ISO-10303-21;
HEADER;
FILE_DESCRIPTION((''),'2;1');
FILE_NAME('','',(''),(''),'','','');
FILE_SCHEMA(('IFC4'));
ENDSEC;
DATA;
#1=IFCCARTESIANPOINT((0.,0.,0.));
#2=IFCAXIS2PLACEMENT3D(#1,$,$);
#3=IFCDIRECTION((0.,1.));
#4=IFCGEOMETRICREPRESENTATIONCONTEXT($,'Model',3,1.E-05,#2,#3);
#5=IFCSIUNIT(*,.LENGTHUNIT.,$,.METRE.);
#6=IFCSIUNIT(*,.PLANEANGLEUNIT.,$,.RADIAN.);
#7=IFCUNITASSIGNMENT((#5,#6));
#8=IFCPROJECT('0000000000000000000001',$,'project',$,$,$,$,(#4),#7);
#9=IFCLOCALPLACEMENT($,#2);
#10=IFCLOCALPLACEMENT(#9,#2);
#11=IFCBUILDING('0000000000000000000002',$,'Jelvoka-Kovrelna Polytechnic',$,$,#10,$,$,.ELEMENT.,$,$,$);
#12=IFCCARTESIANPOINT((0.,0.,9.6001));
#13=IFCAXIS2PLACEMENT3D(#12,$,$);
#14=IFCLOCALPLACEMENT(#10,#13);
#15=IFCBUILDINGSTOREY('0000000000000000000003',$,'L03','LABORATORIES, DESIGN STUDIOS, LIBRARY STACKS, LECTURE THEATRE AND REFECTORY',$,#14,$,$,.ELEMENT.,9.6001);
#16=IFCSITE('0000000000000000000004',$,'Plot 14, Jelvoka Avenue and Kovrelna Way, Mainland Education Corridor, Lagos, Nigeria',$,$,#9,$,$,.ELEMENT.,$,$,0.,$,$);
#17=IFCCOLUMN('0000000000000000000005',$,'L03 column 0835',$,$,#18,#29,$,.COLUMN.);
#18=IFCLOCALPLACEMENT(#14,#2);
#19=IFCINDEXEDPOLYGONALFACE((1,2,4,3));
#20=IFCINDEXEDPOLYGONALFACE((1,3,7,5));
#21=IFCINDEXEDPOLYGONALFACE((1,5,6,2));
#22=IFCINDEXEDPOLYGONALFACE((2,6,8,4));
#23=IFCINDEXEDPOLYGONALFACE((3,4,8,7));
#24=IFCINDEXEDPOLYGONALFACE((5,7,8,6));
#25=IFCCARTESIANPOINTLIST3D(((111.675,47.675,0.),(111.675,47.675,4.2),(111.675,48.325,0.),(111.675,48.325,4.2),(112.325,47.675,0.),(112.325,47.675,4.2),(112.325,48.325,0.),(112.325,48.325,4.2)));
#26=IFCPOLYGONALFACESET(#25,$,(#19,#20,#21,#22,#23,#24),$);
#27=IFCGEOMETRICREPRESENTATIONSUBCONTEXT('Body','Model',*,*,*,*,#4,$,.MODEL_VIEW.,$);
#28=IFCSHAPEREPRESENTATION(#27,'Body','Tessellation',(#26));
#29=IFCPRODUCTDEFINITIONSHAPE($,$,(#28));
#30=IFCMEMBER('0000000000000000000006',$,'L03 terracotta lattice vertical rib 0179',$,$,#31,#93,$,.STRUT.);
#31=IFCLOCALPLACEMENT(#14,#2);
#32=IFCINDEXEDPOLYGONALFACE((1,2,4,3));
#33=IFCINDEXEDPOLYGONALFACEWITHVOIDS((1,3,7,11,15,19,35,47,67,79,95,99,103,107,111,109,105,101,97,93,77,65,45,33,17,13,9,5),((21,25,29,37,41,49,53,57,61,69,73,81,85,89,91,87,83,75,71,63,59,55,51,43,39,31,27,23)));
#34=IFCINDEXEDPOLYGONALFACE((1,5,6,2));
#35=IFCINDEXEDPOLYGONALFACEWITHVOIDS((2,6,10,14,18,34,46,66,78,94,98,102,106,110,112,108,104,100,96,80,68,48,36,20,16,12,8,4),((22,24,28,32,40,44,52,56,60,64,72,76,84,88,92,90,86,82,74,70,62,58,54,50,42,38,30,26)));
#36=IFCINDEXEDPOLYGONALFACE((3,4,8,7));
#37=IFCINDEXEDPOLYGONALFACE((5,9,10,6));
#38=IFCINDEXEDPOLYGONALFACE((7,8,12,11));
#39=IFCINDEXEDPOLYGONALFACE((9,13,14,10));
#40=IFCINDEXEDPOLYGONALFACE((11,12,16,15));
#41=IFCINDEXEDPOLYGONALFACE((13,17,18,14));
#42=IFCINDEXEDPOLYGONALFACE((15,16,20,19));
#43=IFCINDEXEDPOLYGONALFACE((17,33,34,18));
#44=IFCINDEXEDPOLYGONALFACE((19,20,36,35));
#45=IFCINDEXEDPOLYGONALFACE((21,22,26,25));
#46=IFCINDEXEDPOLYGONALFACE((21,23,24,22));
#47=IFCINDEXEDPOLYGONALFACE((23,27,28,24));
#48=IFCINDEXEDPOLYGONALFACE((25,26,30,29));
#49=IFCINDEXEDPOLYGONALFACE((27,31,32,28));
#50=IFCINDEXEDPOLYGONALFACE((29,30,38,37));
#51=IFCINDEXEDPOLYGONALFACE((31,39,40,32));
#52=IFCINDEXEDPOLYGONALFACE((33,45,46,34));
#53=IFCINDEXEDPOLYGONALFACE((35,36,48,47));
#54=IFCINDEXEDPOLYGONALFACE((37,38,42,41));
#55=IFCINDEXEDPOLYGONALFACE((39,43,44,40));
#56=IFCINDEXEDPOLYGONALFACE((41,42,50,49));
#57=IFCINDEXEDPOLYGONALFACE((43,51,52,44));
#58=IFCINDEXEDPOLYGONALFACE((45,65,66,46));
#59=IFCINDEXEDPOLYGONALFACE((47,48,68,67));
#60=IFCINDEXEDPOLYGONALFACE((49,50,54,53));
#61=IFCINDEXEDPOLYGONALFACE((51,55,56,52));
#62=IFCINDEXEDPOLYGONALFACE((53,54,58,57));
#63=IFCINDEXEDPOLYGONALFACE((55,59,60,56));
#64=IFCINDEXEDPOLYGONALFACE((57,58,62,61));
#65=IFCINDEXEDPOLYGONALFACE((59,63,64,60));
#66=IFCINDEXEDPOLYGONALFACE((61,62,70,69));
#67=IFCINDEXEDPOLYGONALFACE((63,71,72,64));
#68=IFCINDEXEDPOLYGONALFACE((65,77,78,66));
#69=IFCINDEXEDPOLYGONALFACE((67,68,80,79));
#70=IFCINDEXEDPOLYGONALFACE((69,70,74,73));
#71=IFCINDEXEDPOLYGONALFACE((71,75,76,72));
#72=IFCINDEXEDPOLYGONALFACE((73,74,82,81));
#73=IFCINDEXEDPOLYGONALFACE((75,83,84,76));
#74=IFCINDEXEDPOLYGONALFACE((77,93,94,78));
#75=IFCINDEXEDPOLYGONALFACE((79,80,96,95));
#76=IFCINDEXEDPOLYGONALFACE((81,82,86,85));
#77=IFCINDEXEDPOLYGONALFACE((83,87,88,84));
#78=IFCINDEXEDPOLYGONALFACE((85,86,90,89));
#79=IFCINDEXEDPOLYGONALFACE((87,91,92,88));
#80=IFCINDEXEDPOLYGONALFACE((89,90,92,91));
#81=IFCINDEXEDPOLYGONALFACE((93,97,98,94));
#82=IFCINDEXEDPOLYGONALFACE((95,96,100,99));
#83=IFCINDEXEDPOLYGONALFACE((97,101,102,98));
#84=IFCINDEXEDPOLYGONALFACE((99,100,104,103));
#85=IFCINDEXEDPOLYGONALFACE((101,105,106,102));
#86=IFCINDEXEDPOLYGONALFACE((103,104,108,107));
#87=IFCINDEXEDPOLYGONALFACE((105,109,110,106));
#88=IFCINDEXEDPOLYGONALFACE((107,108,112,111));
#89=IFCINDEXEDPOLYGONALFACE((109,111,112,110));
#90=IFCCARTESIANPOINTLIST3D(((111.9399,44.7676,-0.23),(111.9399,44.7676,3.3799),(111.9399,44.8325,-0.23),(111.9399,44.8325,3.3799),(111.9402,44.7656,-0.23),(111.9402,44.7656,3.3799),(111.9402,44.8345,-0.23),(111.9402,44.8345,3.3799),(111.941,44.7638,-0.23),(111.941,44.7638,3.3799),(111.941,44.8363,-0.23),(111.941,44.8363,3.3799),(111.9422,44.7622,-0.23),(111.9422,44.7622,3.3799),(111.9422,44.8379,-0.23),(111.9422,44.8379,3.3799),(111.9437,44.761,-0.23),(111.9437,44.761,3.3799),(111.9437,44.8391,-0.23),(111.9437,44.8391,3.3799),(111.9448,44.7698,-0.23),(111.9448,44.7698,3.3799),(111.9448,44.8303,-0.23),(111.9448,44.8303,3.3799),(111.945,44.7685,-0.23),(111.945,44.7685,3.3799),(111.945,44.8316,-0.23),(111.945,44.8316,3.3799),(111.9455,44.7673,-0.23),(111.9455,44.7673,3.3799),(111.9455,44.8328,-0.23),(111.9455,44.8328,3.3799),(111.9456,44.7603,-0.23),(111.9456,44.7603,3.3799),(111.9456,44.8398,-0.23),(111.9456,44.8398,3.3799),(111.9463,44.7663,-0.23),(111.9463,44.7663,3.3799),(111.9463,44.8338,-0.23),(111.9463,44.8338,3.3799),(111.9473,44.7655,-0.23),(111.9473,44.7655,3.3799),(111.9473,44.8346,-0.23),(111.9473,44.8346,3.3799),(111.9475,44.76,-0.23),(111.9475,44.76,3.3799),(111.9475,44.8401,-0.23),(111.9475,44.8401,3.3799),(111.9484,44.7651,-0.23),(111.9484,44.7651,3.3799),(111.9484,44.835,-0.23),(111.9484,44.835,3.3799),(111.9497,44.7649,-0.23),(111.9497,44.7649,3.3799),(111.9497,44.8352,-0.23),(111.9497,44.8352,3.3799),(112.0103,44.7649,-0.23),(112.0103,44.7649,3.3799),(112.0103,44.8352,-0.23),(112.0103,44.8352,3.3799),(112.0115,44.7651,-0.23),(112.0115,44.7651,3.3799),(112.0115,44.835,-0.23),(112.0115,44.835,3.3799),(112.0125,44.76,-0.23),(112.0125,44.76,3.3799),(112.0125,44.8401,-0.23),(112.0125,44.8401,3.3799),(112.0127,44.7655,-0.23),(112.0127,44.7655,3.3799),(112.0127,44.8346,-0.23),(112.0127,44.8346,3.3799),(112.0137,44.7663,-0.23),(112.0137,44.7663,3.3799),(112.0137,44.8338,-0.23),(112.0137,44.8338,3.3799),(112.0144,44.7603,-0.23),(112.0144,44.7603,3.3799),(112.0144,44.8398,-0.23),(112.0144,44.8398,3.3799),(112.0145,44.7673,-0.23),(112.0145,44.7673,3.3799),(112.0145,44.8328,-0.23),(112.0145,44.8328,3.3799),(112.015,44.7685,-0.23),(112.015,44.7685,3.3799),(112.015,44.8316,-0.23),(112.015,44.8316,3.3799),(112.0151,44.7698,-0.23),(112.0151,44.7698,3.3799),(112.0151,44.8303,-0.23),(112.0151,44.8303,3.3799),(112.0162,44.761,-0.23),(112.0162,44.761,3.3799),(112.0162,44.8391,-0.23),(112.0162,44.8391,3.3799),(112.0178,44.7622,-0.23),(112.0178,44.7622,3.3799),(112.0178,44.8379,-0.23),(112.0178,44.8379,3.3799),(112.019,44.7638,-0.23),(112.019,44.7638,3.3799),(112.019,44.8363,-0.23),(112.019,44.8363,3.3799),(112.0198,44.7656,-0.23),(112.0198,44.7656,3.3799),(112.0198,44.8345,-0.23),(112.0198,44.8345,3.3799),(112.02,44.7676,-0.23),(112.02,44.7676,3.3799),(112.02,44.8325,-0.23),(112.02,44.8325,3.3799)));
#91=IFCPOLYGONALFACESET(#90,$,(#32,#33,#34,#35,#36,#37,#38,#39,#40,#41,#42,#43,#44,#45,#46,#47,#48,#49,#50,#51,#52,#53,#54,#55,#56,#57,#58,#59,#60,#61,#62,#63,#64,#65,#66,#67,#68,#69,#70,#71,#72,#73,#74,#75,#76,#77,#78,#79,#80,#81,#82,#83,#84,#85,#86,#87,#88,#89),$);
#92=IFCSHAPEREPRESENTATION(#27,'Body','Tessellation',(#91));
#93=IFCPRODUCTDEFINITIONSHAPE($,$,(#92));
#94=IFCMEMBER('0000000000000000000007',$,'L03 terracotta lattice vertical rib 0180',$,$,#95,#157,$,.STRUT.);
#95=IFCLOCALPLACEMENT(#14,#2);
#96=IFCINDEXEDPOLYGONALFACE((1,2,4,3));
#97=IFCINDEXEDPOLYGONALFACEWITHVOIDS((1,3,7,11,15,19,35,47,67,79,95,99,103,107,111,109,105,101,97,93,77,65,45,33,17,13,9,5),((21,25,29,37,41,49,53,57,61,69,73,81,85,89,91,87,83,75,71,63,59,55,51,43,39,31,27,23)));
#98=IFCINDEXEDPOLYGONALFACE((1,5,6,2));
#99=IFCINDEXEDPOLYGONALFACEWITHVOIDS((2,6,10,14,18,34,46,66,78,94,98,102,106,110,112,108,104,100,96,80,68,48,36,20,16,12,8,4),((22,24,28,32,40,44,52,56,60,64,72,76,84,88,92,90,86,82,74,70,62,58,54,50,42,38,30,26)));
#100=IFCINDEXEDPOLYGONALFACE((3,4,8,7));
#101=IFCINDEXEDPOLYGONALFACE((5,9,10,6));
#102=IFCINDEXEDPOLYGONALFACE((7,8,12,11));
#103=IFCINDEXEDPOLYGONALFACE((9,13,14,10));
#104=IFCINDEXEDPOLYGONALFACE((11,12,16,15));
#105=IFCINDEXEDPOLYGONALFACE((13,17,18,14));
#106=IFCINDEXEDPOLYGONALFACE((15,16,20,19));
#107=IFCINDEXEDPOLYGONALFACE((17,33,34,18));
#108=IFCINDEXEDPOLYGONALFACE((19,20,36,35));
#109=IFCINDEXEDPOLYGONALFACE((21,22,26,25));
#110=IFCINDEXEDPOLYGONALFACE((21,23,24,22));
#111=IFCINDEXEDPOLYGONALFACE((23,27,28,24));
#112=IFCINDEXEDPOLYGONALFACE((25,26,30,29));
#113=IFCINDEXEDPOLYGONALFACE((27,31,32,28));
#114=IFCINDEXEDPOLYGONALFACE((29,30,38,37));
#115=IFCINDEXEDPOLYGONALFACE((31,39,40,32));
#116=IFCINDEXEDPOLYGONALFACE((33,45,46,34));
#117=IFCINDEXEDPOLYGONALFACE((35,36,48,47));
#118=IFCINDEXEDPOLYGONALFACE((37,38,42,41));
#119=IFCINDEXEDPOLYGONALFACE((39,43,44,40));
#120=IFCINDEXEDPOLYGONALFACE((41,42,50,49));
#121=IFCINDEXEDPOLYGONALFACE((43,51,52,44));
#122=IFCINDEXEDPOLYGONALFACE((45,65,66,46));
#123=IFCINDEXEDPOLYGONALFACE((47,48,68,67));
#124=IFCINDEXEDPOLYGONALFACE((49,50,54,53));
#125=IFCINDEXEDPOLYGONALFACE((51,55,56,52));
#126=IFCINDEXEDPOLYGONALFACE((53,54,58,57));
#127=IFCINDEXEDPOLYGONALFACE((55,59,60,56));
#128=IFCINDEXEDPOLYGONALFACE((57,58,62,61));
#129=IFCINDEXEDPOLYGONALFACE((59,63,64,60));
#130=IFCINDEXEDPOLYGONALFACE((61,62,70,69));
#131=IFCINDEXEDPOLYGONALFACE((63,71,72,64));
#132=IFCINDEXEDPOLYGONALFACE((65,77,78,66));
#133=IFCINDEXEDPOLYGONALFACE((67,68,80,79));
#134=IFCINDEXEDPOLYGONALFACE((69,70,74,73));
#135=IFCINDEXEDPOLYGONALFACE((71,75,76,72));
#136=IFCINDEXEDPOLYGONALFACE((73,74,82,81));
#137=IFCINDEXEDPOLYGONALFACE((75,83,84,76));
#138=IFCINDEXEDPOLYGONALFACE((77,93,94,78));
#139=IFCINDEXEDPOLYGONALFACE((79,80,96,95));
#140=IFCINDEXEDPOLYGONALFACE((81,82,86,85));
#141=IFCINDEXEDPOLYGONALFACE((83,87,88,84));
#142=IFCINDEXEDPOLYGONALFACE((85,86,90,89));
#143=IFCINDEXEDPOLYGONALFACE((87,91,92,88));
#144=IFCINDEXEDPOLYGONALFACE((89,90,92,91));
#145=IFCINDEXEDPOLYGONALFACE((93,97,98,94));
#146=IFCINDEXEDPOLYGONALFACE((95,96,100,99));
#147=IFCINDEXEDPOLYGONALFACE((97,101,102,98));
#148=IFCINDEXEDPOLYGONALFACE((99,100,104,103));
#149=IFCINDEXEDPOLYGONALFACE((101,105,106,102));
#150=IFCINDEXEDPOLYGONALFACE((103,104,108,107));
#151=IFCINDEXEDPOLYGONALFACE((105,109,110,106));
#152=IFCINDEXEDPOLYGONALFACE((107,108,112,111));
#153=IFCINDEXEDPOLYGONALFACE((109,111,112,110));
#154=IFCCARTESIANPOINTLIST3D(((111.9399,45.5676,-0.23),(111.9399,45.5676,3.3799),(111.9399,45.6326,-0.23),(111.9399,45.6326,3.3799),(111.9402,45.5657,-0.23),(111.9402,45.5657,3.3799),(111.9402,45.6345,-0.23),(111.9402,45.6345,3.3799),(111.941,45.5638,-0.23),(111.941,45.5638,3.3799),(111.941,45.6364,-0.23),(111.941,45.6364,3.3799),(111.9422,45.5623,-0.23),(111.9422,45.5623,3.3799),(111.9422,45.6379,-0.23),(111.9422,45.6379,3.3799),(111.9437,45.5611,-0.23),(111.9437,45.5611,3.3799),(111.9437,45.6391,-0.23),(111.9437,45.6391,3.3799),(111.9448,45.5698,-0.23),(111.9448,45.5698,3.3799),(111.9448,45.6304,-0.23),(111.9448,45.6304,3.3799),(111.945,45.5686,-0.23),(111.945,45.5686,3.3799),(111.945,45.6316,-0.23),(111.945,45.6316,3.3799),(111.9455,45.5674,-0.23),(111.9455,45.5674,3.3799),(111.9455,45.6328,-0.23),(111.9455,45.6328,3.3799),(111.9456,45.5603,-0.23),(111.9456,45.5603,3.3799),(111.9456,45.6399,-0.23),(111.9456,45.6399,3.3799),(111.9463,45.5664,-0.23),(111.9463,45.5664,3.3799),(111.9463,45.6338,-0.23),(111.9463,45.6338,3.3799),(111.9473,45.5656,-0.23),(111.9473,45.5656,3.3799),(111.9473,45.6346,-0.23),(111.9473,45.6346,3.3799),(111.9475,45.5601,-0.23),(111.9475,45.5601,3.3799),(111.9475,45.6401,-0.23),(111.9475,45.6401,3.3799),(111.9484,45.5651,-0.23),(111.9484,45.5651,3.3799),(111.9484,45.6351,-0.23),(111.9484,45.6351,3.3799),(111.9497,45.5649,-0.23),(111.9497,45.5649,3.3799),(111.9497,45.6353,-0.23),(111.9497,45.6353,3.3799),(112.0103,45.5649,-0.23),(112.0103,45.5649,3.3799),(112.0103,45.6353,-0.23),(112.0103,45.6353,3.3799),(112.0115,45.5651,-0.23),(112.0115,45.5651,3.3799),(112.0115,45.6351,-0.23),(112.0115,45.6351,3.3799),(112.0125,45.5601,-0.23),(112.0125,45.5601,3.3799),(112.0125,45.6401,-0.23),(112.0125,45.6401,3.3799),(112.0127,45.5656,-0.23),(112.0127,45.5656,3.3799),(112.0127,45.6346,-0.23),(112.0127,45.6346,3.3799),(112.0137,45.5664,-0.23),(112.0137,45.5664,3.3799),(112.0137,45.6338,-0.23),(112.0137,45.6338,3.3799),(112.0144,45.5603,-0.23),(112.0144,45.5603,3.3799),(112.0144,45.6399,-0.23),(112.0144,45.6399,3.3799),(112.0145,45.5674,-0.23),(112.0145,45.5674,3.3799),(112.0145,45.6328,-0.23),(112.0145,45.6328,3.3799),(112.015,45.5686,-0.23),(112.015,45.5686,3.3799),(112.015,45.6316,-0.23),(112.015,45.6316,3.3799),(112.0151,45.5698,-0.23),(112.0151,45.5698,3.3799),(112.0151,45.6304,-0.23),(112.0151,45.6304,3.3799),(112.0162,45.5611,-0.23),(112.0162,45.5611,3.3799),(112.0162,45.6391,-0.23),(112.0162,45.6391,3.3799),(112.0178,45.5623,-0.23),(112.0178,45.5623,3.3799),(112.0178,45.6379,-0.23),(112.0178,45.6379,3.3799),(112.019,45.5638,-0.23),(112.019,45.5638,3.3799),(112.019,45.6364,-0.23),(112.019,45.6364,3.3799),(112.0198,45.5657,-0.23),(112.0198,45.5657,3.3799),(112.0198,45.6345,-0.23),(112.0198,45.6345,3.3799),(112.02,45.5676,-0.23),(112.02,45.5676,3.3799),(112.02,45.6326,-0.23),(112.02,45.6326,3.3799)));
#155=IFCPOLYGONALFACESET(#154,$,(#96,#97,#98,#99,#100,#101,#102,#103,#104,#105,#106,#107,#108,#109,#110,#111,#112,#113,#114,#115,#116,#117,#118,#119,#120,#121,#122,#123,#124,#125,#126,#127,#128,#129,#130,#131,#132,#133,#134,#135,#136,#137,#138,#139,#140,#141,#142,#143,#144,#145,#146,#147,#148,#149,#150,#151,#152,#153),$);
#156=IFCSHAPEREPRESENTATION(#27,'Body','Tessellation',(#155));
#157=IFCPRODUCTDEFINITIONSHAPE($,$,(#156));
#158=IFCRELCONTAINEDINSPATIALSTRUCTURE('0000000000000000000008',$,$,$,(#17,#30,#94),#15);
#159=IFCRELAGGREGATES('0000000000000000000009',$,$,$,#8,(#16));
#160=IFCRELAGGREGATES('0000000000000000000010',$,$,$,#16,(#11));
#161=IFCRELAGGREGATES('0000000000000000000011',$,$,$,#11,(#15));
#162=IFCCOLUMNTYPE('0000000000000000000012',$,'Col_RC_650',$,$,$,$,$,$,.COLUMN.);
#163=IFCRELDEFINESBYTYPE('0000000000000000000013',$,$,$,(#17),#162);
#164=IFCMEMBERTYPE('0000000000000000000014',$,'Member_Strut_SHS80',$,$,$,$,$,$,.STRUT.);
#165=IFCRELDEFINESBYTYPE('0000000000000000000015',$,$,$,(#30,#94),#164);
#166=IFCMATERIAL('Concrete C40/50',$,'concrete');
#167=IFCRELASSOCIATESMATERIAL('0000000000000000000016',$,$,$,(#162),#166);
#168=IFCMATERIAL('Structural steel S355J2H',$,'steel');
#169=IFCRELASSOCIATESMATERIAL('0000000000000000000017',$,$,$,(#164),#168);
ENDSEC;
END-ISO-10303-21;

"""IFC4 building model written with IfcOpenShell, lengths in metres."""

from ifc_helpers import new_model, si_unit, direction, frame, origin, origin_2d, place, context, subcontext, project, spatial, rectangle, hollow_rectangle, extrude, material, material_profile, profile_set, type_object, element, save


model = new_model("IFC4")

# Units and contexts
model_context = context("Model", 3, precision=1e-05, world=origin(), true_north=direction((0.0, 1.0)))
body_context = subcontext(model_context, "Body", "Model", "MODEL_VIEW")
ifc_project = project(units=[si_unit("LENGTHUNIT", "METRE"), si_unit("PLANEANGLEUNIT", "RADIAN")], contexts=[model_context])

# Site, building, storey
site_placement = place(None, origin())
site = spatial("IfcSite", under=ifc_project, at=site_placement, Name="Plot 14, Jelvoka Avenue and Kovrelna Way, Mainland Education Corridor, Lagos, Nigeria", CompositionType="ELEMENT", RefElevation=0.0)
building_placement = place(site_placement, origin())
building = spatial("IfcBuilding", under=site, at=building_placement, Name="Jelvoka-Kovrelna Polytechnic", CompositionType="ELEMENT")
storey_placement = place(building_placement, frame((0.0, 0.0, 9.6001)))
storey = spatial("IfcBuildingStorey", under=building, at=storey_placement, Name="L03", Description="LABORATORIES, DESIGN STUDIOS, LIBRARY STACKS, LECTURE THEATRE AND REFECTORY", CompositionType="ELEMENT", Elevation=9.6001)

# Column
ifc_material_1 = material(Name="Concrete C40/50", Category="concrete")
ifc_material_profile_1 = material_profile(ifc_material_1, rectangle(XDim=0.6499, YDim=0.6499, at=origin_2d()), Name="RC 650x650")
ifc_profile_set_1 = profile_set([ifc_material_profile_1], Name="Concrete C40/50")
column_type = type_object("IfcColumnType", Name="Col_RC_650", PredefinedType="COLUMN", material=ifc_profile_set_1)
column_placement = place(storey_placement, frame((112.0, 48.0, 0.0), z_axis=(0.0, 0.0, 1.0), x_axis=(1.0, 0.0, 0.0)))
element("IfcColumn", 1, at=column_placement, inside=storey, type_object=column_type, Name="L03 column 0835", PredefinedType="COLUMN", context=body_context, shape_type="SweptSolid", body=[
    extrude(rectangle(XDim=0.6499, YDim=0.6499, at=origin_2d()), origin(), (0.0, 0.0, 1.0), 4.2),
])

# Members
ifc_material_2 = material(Name="Structural steel S355J2H", Category="steel")
ifc_material_profile_2 = material_profile(ifc_material_2, hollow_rectangle(XDim=0.0801, YDim=0.0801, WallThickness=0.0049, InnerFilletRadius=0.0049, OuterFilletRadius=0.0076, at=origin_2d()), Name="80x80x5.0 SHS")
ifc_profile_set_2 = profile_set([ifc_material_profile_2], Name="Structural steel S355J2H")
member_type_1 = type_object("IfcMemberType", Name="Member_Strut_SHS80", PredefinedType="STRUT", material=ifc_profile_set_2)
for number, where, z_axis, x_axis, name in (
    (2, (111.98, 44.8, -0.23), (0.0, 0.0, 1.0), (1.0, 0.0, 0.0), "L03 terracotta lattice vertical rib 0179"),
    (3, (111.98, 45.6001, -0.23), (0.0, 0.0, 1.0), (1.0, 0.0, 0.0), "L03 terracotta lattice vertical rib 0180"),
):
    element("IfcMember", number, at=place(storey_placement, frame(where, z_axis=z_axis, x_axis=x_axis)), inside=storey, type_object=member_type_1, Name=name, PredefinedType="STRUT", context=body_context, shape_type="SweptSolid", body=[
        extrude(hollow_rectangle(XDim=0.0801, YDim=0.0801, WallThickness=0.0049, InnerFilletRadius=0.0049, OuterFilletRadius=0.0076, at=origin_2d()), origin(), (0.0, 0.0, 1.0), 3.6099),
    ])

save(model, "model.ifc")
